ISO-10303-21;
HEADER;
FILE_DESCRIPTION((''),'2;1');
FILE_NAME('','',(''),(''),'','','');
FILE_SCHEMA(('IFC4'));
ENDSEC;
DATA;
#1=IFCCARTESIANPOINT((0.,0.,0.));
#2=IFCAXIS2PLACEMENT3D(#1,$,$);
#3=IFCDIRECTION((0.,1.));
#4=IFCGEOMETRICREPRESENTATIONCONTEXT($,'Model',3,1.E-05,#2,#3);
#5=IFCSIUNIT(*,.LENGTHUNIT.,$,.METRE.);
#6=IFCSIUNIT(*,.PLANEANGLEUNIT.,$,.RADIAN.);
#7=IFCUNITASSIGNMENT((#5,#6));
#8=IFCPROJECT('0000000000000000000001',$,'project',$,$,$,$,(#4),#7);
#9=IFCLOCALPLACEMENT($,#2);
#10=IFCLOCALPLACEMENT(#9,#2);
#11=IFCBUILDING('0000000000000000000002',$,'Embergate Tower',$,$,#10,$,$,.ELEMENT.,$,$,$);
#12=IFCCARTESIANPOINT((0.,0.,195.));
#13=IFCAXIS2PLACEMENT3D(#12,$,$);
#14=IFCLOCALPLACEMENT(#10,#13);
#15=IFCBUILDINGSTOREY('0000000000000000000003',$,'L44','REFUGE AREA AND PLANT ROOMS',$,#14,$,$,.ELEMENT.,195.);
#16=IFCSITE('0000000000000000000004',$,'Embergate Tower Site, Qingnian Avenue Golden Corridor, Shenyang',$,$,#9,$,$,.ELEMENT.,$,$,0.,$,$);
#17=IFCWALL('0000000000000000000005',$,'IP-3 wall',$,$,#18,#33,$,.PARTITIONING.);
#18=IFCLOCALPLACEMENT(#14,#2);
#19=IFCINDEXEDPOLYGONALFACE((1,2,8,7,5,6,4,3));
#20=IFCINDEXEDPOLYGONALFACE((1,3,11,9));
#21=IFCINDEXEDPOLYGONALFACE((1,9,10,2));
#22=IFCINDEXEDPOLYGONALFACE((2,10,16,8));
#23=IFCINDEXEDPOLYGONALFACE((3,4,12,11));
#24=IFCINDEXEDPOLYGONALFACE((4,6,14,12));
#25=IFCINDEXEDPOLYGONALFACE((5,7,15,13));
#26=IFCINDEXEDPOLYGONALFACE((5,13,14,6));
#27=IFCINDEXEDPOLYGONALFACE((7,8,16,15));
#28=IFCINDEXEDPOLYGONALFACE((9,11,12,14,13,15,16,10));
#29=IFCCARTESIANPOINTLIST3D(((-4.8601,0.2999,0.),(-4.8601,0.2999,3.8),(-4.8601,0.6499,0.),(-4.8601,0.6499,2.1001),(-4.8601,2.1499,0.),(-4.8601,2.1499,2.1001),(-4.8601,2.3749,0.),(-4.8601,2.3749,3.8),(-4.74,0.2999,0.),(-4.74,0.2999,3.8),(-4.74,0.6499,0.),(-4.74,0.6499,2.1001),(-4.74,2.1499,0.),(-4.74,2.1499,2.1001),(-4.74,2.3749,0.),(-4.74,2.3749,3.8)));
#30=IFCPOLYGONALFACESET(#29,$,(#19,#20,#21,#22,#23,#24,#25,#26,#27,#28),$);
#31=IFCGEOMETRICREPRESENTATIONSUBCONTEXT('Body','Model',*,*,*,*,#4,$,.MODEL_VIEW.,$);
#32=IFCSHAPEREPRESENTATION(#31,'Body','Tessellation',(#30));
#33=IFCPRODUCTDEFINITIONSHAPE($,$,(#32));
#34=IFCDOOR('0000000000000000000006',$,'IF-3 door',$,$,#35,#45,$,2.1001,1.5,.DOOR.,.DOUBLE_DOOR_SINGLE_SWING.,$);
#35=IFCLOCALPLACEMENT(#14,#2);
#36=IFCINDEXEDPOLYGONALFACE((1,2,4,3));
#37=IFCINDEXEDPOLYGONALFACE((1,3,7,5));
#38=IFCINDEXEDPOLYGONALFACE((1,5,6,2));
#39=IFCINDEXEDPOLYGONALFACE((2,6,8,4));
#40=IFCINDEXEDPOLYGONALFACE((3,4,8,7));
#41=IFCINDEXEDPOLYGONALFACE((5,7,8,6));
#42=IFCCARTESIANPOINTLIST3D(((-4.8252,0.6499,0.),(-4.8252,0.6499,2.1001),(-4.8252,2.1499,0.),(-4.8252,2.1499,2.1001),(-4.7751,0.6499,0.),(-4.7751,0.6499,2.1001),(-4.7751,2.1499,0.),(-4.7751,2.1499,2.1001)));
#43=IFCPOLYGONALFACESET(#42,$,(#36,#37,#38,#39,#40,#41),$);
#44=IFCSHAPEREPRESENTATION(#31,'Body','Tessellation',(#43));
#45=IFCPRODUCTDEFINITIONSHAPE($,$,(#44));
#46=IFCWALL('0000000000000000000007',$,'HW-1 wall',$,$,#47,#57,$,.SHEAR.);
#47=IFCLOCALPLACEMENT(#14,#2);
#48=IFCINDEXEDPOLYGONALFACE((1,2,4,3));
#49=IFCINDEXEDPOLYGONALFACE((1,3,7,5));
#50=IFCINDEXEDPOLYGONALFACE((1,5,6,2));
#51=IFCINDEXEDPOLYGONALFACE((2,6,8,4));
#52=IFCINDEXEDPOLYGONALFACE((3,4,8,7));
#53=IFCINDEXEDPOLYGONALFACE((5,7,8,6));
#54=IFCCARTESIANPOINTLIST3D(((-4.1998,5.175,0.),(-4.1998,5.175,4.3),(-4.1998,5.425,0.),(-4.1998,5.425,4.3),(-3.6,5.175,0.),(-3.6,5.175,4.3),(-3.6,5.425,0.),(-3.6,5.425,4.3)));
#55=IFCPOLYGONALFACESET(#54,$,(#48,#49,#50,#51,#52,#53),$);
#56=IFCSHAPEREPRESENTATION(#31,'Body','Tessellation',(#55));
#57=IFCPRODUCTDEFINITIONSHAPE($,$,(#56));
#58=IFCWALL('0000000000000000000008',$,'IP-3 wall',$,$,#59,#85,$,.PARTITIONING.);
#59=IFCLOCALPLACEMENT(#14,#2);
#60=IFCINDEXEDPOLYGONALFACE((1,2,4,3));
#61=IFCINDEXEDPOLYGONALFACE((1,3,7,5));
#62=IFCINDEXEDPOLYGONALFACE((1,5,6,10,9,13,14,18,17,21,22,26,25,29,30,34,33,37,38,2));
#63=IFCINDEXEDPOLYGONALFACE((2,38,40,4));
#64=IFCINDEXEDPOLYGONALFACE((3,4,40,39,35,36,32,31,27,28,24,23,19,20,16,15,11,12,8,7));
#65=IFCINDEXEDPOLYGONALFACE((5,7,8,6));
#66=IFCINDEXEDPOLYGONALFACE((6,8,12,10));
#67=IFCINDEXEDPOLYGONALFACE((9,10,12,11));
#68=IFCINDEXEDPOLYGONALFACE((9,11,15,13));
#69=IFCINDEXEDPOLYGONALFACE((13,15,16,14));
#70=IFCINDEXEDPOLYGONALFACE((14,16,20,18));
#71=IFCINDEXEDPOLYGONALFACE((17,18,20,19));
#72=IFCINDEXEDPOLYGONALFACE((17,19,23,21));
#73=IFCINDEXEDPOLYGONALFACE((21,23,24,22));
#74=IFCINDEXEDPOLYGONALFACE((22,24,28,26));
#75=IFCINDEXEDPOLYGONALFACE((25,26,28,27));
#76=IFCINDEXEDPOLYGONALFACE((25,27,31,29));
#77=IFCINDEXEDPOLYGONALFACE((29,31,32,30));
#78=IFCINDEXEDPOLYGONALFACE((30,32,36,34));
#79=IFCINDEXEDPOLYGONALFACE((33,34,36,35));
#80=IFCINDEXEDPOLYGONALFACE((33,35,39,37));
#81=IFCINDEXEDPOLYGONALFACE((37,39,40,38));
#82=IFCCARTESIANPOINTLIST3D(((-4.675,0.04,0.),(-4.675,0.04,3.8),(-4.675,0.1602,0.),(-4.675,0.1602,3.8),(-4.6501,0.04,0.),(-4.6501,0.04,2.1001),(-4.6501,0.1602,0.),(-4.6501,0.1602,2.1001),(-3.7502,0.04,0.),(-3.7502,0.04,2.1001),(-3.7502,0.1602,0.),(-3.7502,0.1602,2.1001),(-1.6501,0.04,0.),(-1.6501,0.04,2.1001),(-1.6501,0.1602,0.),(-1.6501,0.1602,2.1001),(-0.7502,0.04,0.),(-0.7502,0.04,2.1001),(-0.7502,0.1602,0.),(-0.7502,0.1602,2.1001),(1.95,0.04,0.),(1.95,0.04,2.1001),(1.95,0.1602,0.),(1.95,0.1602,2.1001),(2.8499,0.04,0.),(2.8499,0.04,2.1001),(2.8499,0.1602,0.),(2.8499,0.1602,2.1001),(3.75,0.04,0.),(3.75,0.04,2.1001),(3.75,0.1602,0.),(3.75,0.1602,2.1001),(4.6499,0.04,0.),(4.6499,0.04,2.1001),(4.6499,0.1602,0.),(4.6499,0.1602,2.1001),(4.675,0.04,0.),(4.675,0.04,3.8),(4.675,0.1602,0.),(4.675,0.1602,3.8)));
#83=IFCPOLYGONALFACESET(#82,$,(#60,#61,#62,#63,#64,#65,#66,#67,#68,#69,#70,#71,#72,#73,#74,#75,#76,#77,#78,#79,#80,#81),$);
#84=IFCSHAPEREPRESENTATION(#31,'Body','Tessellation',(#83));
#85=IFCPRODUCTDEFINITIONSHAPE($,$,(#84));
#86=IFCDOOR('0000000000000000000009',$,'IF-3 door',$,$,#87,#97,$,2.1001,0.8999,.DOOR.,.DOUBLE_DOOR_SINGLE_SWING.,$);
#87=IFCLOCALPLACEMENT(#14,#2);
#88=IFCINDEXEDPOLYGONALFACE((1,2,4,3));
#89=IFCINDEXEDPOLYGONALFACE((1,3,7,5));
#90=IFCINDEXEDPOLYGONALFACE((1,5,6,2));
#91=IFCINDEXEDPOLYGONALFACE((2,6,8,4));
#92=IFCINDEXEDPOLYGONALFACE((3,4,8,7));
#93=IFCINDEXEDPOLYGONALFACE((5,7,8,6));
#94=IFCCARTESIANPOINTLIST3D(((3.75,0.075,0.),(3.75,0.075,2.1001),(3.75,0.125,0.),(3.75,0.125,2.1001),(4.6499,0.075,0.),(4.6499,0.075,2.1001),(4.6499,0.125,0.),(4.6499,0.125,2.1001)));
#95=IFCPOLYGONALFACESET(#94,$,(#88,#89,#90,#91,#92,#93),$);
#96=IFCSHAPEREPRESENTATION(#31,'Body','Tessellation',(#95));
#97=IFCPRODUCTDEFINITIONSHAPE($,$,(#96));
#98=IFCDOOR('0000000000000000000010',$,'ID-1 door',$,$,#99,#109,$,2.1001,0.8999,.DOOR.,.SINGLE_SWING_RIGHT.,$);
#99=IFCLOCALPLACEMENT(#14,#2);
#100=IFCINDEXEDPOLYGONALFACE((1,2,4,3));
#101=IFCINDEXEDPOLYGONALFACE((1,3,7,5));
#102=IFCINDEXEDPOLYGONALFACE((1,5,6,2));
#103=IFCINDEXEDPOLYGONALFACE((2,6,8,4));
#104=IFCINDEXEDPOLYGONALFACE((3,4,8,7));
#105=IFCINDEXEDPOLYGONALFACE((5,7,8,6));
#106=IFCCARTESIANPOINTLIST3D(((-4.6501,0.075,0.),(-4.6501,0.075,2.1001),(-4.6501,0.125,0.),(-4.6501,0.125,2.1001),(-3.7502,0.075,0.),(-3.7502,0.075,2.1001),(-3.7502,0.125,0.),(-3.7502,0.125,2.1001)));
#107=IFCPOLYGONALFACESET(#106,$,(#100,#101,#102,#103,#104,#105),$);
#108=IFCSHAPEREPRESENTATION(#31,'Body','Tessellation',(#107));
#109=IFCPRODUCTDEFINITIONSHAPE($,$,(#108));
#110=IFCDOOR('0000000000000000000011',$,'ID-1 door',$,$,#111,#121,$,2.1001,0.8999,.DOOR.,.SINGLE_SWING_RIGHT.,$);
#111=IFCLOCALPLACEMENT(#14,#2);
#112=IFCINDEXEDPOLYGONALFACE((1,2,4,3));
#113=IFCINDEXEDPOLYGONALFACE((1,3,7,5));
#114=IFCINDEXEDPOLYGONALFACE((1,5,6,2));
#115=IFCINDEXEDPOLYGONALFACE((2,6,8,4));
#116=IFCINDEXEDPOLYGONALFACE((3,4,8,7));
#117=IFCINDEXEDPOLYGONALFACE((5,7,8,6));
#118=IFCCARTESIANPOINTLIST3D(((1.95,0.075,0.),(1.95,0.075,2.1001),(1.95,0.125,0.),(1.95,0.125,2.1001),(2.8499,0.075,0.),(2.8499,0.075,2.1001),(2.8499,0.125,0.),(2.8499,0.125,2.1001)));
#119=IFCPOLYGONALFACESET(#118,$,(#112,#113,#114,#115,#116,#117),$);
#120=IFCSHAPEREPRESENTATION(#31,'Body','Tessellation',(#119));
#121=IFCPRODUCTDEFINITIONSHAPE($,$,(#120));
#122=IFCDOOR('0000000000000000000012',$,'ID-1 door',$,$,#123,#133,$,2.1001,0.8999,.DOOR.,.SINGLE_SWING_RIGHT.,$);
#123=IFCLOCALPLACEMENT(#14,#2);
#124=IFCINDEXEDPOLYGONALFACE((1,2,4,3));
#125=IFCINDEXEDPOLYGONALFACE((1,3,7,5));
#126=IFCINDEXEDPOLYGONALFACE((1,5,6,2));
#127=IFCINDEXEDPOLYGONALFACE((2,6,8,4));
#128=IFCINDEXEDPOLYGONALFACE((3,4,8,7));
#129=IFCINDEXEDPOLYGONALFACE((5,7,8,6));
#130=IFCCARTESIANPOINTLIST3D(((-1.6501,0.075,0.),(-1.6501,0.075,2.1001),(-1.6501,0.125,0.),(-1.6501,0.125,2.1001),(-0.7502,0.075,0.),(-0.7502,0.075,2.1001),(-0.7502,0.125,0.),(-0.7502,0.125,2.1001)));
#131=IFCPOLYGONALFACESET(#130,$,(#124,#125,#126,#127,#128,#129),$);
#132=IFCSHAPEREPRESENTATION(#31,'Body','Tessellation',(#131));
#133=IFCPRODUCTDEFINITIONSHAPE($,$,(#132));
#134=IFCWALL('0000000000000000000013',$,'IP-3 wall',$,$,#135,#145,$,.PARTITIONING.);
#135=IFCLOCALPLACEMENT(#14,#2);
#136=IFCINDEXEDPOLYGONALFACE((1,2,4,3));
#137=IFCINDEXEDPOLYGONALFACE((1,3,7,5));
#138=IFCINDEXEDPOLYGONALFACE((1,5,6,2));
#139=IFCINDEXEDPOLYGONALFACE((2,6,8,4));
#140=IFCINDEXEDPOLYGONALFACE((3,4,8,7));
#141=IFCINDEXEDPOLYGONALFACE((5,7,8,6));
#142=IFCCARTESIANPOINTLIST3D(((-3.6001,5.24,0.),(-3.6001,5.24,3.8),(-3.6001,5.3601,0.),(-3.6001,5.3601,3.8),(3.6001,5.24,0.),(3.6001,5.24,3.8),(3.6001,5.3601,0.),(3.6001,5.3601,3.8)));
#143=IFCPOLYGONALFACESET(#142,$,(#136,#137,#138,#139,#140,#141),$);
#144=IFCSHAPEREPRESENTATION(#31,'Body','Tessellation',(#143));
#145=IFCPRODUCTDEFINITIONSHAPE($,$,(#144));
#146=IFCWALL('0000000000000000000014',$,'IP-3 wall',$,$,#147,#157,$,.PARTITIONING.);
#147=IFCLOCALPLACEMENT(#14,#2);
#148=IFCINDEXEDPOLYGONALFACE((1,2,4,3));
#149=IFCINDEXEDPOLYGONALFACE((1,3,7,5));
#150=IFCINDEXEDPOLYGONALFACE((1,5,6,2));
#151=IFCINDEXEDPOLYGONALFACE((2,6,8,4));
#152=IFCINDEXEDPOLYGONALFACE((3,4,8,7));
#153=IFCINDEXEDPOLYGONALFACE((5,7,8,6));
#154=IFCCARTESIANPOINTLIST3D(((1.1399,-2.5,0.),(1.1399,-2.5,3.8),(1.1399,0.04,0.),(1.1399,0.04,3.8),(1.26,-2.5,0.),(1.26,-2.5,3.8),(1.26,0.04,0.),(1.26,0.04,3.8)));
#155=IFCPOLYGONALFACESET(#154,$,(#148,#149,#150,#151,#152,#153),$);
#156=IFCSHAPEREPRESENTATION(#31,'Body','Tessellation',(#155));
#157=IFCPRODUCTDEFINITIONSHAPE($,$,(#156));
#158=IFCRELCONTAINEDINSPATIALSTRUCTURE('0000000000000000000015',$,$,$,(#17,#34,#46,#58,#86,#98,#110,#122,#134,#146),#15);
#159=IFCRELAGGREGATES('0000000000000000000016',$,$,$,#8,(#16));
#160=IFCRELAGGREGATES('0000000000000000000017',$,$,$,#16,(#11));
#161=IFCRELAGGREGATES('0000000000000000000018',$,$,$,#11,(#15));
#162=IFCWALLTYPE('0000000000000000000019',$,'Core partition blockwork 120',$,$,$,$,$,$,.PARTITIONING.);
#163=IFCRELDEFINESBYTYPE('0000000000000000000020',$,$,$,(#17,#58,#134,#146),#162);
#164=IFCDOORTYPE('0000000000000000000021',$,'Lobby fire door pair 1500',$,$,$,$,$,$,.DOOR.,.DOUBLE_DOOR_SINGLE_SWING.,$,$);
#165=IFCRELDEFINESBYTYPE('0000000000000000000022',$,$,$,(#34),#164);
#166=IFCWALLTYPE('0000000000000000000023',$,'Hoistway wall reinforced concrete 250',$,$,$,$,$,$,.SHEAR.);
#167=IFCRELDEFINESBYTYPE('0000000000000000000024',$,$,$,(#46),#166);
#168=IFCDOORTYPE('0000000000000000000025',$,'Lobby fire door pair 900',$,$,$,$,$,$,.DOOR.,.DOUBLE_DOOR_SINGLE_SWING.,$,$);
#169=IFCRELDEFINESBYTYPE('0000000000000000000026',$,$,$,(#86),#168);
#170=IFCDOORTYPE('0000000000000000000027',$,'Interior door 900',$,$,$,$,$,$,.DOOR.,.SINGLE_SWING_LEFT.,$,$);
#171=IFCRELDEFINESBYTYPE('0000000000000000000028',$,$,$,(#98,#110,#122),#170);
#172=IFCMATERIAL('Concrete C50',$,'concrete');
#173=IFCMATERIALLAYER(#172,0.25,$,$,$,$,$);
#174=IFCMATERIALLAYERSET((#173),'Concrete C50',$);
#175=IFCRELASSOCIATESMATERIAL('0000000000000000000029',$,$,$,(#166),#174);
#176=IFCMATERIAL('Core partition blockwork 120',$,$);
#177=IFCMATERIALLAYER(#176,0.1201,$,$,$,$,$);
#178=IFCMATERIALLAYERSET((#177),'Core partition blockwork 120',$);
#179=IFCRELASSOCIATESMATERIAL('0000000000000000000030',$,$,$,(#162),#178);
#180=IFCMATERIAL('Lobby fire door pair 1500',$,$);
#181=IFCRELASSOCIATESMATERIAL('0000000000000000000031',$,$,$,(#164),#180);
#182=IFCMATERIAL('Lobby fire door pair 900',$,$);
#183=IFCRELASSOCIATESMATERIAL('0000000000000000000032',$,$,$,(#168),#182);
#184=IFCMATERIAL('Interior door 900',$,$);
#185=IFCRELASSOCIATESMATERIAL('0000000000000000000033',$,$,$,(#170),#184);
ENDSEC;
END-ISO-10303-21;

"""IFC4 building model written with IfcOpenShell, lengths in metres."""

from ifc_helpers import new_model, si_unit, direction, frame, frame_2d, origin, place, context, subcontext, project, spatial, rectangle, extrude, source, transform, mapped, material, layer, layer_set, type_object, element, fill, save


model = new_model("IFC4")

# Units and contexts
model_context = context("Model", 3, precision=1e-05, world=origin(), true_north=direction((0.0, 1.0)))
body_context = subcontext(model_context, "Body", "Model", "MODEL_VIEW")
ifc_project = project(units=[si_unit("LENGTHUNIT", "METRE"), si_unit("PLANEANGLEUNIT", "RADIAN")], contexts=[model_context])

# Site, building, storey
site_placement = place(None, origin())
site = spatial("IfcSite", under=ifc_project, at=site_placement, Name="Embergate Tower Site, Qingnian Avenue Golden Corridor, Shenyang", CompositionType="ELEMENT", RefElevation=0.0)
building_placement = place(site_placement, origin())
building = spatial("IfcBuilding", under=site, at=building_placement, Name="Embergate Tower", CompositionType="ELEMENT")
storey_placement = place(building_placement, frame((0.0, 0.0, 195.0)))
storey = spatial("IfcBuildingStorey", under=building, at=storey_placement, Name="L44", Description="REFUGE AREA AND PLANT ROOMS", CompositionType="ELEMENT", Elevation=195.0)

# Shared definitions
ifc_material_1 = material(Name="Concrete C50", Category="concrete")
ifc_layer_1 = layer(ifc_material_1, 0.25)
ifc_layer_set_1 = layer_set([ifc_layer_1], Name="Concrete C50")
wall_type_1 = type_object("IfcWallType", Name="Hoistway wall reinforced concrete 250", PredefinedType="SHEAR", material=ifc_layer_set_1)

# Wall, opening, door
ifc_material_2 = material(Name="Core partition blockwork 120")
ifc_layer_2 = layer(ifc_material_2, 0.1201)
ifc_layer_set_2 = layer_set([ifc_layer_2], Name="Core partition blockwork 120")
wall_type_2 = type_object("IfcWallType", Name="Core partition blockwork 120", PredefinedType="PARTITIONING", material=ifc_layer_set_2)
shared_shape_1 = source(origin(), body_context, "Body", "SweptSolid", [
    extrude(rectangle(XDim=2.075, YDim=0.1201, at=frame_2d((1.0376, 0.0))), origin(), (0.0, 0.0, 1.0), 3.8),
])
wall_1_placement = place(storey_placement, frame((-4.8, 2.375, 0.0), z_axis=(0.0, 0.0, 1.0), x_axis=(0.0, -1.0, 0.0)))
wall_1 = element("IfcWall", 1, at=wall_1_placement, inside=storey, type_object=wall_type_2, Name="IP-3 wall", PredefinedType="PARTITIONING", context=body_context, shape_type="MappedRepresentation", body=[
    mapped(shared_shape_1, transform((0.0, 0.0, 0.0))),
])
shared_shape_2 = source(origin(), body_context, "Body", "SweptSolid", [
    extrude(rectangle(XDim=1.5, YDim=2.1001, at=frame_2d((0.75, 1.05))), frame((0.0, 0.0701, 0.0), z_axis=(0.0, -1.0, 0.0), x_axis=(1.0, 0.0, 0.0)), (0.0, 0.0, 1.0), 0.1401),
])
opening_1_placement = place(wall_1_placement, frame((0.2251, 0.0, 0.0)))
opening_1 = element("IfcOpeningElement", 2, at=opening_1_placement, cuts=wall_1, PredefinedType="OPENING", context=body_context, shape_type="MappedRepresentation", body=[
    mapped(shared_shape_2, transform((0.0, 0.0, 0.0))),
])
ifc_material_3 = material(Name="Lobby fire door pair 1500")
door_type_1 = type_object("IfcDoorType", Name="Lobby fire door pair 1500", OperationType="DOUBLE_DOOR_SINGLE_SWING", PredefinedType="DOOR", material=ifc_material_3)
shared_shape_3 = source(origin(), body_context, "Body", "SweptSolid", [
    extrude(rectangle(XDim=1.5, YDim=2.1001, at=frame_2d((0.75, 1.05))), frame((0.0, 0.0249, 0.0), z_axis=(0.0, -1.0, 0.0), x_axis=(1.0, 0.0, 0.0)), (0.0, 0.0, 1.0), 0.05),
])
door_1_placement = place(opening_1_placement, origin())
door_1 = element("IfcDoor", 3, at=door_1_placement, inside=storey, type_object=door_type_1, Name="IF-3 door", OperationType="DOUBLE_DOOR_SINGLE_SWING", OverallHeight=2.1001, OverallWidth=1.5, PredefinedType="DOOR", context=body_context, shape_type="MappedRepresentation", body=[
    mapped(shared_shape_3, transform((0.0, 0.0, 0.0))),
])
fill(opening_1, door_1)

# Wall
shared_shape_4 = source(origin(), body_context, "Body", "SweptSolid", [
    extrude(rectangle(XDim=0.5999, YDim=0.25, at=frame_2d((0.2998, 0.0))), origin(), (0.0, 0.0, 1.0), 4.3),
])
wall_2_placement = place(storey_placement, frame((-3.6001, 5.3, 0.0), z_axis=(0.0, 0.0, 1.0), x_axis=(-1.0, 0.0, 0.0)))
element("IfcWall", 4, at=wall_2_placement, inside=storey, type_object=wall_type_1, Name="HW-1 wall", PredefinedType="SHEAR", context=body_context, shape_type="MappedRepresentation", body=[
    mapped(shared_shape_4, transform((0.0, 0.0, 0.0))),
])

# Wall, openings, doors
shared_shape_5 = source(origin(), body_context, "Body", "SweptSolid", [
    extrude(rectangle(XDim=9.3501, YDim=0.1201, at=frame_2d((4.675, 0.0))), origin(), (0.0, 0.0, 1.0), 3.8),
])
wall_3_placement = place(storey_placement, frame((-4.675, 0.1001, 0.0), z_axis=(0.0, 0.0, 1.0), x_axis=(1.0, 0.0, 0.0)))
wall_3 = element("IfcWall", 5, at=wall_3_placement, inside=storey, type_object=wall_type_2, Name="IP-3 wall", PredefinedType="PARTITIONING", context=body_context, shape_type="MappedRepresentation", body=[
    mapped(shared_shape_5, transform((0.0, 0.0, 0.0))),
])
shared_shape_6 = source(origin(), body_context, "Body", "SweptSolid", [
    extrude(rectangle(XDim=0.8999, YDim=2.1001, at=frame_2d((0.45, 1.05))), frame((0.0, 0.0701, 0.0), z_axis=(0.0, -1.0, 0.0), x_axis=(1.0, 0.0, 0.0)), (0.0, 0.0, 1.0), 0.1401),
])
opening_2_placement = place(wall_3_placement, frame((8.425, 0.0, 0.0)))
opening_2 = element("IfcOpeningElement", 6, at=opening_2_placement, cuts=wall_3, PredefinedType="OPENING", context=body_context, shape_type="MappedRepresentation", body=[
    mapped(shared_shape_6, transform((0.0, 0.0, 0.0))),
])
opening_3_placement = place(wall_3_placement, frame((0.0249, 0.0, 0.0)))
opening_3 = element("IfcOpeningElement", 7, at=opening_3_placement, cuts=wall_3, PredefinedType="OPENING", context=body_context, shape_type="MappedRepresentation", body=[
    mapped(shared_shape_6, transform((0.0, 0.0, 0.0))),
])
opening_4_placement = place(wall_3_placement, frame((6.625, 0.0, 0.0)))
opening_4 = element("IfcOpeningElement", 8, at=opening_4_placement, cuts=wall_3, PredefinedType="OPENING", context=body_context, shape_type="MappedRepresentation", body=[
    mapped(shared_shape_6, transform((0.0, 0.0, 0.0))),
])
opening_5_placement = place(wall_3_placement, frame((3.0249, 0.0, 0.0)))
opening_5 = element("IfcOpeningElement", 9, at=opening_5_placement, cuts=wall_3, PredefinedType="OPENING", context=body_context, shape_type="MappedRepresentation", body=[
    mapped(shared_shape_6, transform((0.0, 0.0, 0.0))),
])
ifc_material_4 = material(Name="Lobby fire door pair 900")
door_type_2 = type_object("IfcDoorType", Name="Lobby fire door pair 900", OperationType="DOUBLE_DOOR_SINGLE_SWING", PredefinedType="DOOR", material=ifc_material_4)
shared_shape_7 = source(origin(), body_context, "Body", "SweptSolid", [
    extrude(rectangle(XDim=0.8999, YDim=2.1001, at=frame_2d((0.45, 1.05))), frame((0.0, 0.0249, 0.0), z_axis=(0.0, -1.0, 0.0), x_axis=(1.0, 0.0, 0.0)), (0.0, 0.0, 1.0), 0.05),
])
door_2_placement = place(opening_2_placement, origin())
door_2 = element("IfcDoor", 10, at=door_2_placement, inside=storey, type_object=door_type_2, Name="IF-3 door", OperationType="DOUBLE_DOOR_SINGLE_SWING", OverallHeight=2.1001, OverallWidth=0.8999, PredefinedType="DOOR", context=body_context, shape_type="MappedRepresentation", body=[
    mapped(shared_shape_7, transform((0.0, 0.0, 0.0))),
])
fill(opening_2, door_2)
ifc_material_5 = material(Name="Interior door 900")
door_type_3 = type_object("IfcDoorType", Name="Interior door 900", OperationType="SINGLE_SWING_LEFT", PredefinedType="DOOR", material=ifc_material_5)
door_3_placement = place(opening_3_placement, origin())
door_3 = element("IfcDoor", 11, at=door_3_placement, inside=storey, type_object=door_type_3, Name="ID-1 door", OperationType="SINGLE_SWING_RIGHT", OverallHeight=2.1001, OverallWidth=0.8999, PredefinedType="DOOR", context=body_context, shape_type="MappedRepresentation", body=[
    mapped(shared_shape_7, transform((0.0, 0.0, 0.0))),
])
fill(opening_3, door_3)
door_4_placement = place(opening_4_placement, origin())
door_4 = element("IfcDoor", 12, at=door_4_placement, inside=storey, type_object=door_type_3, Name="ID-1 door", OperationType="SINGLE_SWING_RIGHT", OverallHeight=2.1001, OverallWidth=0.8999, PredefinedType="DOOR", context=body_context, shape_type="MappedRepresentation", body=[
    mapped(shared_shape_7, transform((0.0, 0.0, 0.0))),
])
fill(opening_4, door_4)
door_5_placement = place(opening_5_placement, origin())
door_5 = element("IfcDoor", 13, at=door_5_placement, inside=storey, type_object=door_type_3, Name="ID-1 door", OperationType="SINGLE_SWING_RIGHT", OverallHeight=2.1001, OverallWidth=0.8999, PredefinedType="DOOR", context=body_context, shape_type="MappedRepresentation", body=[
    mapped(shared_shape_7, transform((0.0, 0.0, 0.0))),
])
fill(opening_5, door_5)

# Walls
shared_shape_8 = source(origin(), body_context, "Body", "SweptSolid", [
    extrude(rectangle(XDim=7.2002, YDim=0.1201, at=frame_2d((3.6001, 0.0))), origin(), (0.0, 0.0, 1.0), 3.8),
])
wall_4_placement = place(storey_placement, frame((-3.6001, 5.3, 0.0), z_axis=(0.0, 0.0, 1.0), x_axis=(1.0, 0.0, 0.0)))
element("IfcWall", 14, at=wall_4_placement, inside=storey, type_object=wall_type_2, Name="IP-3 wall", PredefinedType="PARTITIONING", context=body_context, shape_type="MappedRepresentation", body=[
    mapped(shared_shape_8, transform((0.0, 0.0, 0.0))),
])
shared_shape_9 = source(origin(), body_context, "Body", "SweptSolid", [
    extrude(rectangle(XDim=2.54, YDim=0.1201, at=frame_2d((1.27, 0.0))), origin(), (0.0, 0.0, 1.0), 3.8),
])
wall_5_placement = place(storey_placement, frame((1.2, 0.04, 0.0), z_axis=(0.0, 0.0, 1.0), x_axis=(0.0, -1.0, 0.0)))
element("IfcWall", 15, at=wall_5_placement, inside=storey, type_object=wall_type_2, Name="IP-3 wall", PredefinedType="PARTITIONING", context=body_context, shape_type="MappedRepresentation", body=[
    mapped(shared_shape_9, transform((0.0, 0.0, 0.0))),
])

save(model, "model.ifc")
